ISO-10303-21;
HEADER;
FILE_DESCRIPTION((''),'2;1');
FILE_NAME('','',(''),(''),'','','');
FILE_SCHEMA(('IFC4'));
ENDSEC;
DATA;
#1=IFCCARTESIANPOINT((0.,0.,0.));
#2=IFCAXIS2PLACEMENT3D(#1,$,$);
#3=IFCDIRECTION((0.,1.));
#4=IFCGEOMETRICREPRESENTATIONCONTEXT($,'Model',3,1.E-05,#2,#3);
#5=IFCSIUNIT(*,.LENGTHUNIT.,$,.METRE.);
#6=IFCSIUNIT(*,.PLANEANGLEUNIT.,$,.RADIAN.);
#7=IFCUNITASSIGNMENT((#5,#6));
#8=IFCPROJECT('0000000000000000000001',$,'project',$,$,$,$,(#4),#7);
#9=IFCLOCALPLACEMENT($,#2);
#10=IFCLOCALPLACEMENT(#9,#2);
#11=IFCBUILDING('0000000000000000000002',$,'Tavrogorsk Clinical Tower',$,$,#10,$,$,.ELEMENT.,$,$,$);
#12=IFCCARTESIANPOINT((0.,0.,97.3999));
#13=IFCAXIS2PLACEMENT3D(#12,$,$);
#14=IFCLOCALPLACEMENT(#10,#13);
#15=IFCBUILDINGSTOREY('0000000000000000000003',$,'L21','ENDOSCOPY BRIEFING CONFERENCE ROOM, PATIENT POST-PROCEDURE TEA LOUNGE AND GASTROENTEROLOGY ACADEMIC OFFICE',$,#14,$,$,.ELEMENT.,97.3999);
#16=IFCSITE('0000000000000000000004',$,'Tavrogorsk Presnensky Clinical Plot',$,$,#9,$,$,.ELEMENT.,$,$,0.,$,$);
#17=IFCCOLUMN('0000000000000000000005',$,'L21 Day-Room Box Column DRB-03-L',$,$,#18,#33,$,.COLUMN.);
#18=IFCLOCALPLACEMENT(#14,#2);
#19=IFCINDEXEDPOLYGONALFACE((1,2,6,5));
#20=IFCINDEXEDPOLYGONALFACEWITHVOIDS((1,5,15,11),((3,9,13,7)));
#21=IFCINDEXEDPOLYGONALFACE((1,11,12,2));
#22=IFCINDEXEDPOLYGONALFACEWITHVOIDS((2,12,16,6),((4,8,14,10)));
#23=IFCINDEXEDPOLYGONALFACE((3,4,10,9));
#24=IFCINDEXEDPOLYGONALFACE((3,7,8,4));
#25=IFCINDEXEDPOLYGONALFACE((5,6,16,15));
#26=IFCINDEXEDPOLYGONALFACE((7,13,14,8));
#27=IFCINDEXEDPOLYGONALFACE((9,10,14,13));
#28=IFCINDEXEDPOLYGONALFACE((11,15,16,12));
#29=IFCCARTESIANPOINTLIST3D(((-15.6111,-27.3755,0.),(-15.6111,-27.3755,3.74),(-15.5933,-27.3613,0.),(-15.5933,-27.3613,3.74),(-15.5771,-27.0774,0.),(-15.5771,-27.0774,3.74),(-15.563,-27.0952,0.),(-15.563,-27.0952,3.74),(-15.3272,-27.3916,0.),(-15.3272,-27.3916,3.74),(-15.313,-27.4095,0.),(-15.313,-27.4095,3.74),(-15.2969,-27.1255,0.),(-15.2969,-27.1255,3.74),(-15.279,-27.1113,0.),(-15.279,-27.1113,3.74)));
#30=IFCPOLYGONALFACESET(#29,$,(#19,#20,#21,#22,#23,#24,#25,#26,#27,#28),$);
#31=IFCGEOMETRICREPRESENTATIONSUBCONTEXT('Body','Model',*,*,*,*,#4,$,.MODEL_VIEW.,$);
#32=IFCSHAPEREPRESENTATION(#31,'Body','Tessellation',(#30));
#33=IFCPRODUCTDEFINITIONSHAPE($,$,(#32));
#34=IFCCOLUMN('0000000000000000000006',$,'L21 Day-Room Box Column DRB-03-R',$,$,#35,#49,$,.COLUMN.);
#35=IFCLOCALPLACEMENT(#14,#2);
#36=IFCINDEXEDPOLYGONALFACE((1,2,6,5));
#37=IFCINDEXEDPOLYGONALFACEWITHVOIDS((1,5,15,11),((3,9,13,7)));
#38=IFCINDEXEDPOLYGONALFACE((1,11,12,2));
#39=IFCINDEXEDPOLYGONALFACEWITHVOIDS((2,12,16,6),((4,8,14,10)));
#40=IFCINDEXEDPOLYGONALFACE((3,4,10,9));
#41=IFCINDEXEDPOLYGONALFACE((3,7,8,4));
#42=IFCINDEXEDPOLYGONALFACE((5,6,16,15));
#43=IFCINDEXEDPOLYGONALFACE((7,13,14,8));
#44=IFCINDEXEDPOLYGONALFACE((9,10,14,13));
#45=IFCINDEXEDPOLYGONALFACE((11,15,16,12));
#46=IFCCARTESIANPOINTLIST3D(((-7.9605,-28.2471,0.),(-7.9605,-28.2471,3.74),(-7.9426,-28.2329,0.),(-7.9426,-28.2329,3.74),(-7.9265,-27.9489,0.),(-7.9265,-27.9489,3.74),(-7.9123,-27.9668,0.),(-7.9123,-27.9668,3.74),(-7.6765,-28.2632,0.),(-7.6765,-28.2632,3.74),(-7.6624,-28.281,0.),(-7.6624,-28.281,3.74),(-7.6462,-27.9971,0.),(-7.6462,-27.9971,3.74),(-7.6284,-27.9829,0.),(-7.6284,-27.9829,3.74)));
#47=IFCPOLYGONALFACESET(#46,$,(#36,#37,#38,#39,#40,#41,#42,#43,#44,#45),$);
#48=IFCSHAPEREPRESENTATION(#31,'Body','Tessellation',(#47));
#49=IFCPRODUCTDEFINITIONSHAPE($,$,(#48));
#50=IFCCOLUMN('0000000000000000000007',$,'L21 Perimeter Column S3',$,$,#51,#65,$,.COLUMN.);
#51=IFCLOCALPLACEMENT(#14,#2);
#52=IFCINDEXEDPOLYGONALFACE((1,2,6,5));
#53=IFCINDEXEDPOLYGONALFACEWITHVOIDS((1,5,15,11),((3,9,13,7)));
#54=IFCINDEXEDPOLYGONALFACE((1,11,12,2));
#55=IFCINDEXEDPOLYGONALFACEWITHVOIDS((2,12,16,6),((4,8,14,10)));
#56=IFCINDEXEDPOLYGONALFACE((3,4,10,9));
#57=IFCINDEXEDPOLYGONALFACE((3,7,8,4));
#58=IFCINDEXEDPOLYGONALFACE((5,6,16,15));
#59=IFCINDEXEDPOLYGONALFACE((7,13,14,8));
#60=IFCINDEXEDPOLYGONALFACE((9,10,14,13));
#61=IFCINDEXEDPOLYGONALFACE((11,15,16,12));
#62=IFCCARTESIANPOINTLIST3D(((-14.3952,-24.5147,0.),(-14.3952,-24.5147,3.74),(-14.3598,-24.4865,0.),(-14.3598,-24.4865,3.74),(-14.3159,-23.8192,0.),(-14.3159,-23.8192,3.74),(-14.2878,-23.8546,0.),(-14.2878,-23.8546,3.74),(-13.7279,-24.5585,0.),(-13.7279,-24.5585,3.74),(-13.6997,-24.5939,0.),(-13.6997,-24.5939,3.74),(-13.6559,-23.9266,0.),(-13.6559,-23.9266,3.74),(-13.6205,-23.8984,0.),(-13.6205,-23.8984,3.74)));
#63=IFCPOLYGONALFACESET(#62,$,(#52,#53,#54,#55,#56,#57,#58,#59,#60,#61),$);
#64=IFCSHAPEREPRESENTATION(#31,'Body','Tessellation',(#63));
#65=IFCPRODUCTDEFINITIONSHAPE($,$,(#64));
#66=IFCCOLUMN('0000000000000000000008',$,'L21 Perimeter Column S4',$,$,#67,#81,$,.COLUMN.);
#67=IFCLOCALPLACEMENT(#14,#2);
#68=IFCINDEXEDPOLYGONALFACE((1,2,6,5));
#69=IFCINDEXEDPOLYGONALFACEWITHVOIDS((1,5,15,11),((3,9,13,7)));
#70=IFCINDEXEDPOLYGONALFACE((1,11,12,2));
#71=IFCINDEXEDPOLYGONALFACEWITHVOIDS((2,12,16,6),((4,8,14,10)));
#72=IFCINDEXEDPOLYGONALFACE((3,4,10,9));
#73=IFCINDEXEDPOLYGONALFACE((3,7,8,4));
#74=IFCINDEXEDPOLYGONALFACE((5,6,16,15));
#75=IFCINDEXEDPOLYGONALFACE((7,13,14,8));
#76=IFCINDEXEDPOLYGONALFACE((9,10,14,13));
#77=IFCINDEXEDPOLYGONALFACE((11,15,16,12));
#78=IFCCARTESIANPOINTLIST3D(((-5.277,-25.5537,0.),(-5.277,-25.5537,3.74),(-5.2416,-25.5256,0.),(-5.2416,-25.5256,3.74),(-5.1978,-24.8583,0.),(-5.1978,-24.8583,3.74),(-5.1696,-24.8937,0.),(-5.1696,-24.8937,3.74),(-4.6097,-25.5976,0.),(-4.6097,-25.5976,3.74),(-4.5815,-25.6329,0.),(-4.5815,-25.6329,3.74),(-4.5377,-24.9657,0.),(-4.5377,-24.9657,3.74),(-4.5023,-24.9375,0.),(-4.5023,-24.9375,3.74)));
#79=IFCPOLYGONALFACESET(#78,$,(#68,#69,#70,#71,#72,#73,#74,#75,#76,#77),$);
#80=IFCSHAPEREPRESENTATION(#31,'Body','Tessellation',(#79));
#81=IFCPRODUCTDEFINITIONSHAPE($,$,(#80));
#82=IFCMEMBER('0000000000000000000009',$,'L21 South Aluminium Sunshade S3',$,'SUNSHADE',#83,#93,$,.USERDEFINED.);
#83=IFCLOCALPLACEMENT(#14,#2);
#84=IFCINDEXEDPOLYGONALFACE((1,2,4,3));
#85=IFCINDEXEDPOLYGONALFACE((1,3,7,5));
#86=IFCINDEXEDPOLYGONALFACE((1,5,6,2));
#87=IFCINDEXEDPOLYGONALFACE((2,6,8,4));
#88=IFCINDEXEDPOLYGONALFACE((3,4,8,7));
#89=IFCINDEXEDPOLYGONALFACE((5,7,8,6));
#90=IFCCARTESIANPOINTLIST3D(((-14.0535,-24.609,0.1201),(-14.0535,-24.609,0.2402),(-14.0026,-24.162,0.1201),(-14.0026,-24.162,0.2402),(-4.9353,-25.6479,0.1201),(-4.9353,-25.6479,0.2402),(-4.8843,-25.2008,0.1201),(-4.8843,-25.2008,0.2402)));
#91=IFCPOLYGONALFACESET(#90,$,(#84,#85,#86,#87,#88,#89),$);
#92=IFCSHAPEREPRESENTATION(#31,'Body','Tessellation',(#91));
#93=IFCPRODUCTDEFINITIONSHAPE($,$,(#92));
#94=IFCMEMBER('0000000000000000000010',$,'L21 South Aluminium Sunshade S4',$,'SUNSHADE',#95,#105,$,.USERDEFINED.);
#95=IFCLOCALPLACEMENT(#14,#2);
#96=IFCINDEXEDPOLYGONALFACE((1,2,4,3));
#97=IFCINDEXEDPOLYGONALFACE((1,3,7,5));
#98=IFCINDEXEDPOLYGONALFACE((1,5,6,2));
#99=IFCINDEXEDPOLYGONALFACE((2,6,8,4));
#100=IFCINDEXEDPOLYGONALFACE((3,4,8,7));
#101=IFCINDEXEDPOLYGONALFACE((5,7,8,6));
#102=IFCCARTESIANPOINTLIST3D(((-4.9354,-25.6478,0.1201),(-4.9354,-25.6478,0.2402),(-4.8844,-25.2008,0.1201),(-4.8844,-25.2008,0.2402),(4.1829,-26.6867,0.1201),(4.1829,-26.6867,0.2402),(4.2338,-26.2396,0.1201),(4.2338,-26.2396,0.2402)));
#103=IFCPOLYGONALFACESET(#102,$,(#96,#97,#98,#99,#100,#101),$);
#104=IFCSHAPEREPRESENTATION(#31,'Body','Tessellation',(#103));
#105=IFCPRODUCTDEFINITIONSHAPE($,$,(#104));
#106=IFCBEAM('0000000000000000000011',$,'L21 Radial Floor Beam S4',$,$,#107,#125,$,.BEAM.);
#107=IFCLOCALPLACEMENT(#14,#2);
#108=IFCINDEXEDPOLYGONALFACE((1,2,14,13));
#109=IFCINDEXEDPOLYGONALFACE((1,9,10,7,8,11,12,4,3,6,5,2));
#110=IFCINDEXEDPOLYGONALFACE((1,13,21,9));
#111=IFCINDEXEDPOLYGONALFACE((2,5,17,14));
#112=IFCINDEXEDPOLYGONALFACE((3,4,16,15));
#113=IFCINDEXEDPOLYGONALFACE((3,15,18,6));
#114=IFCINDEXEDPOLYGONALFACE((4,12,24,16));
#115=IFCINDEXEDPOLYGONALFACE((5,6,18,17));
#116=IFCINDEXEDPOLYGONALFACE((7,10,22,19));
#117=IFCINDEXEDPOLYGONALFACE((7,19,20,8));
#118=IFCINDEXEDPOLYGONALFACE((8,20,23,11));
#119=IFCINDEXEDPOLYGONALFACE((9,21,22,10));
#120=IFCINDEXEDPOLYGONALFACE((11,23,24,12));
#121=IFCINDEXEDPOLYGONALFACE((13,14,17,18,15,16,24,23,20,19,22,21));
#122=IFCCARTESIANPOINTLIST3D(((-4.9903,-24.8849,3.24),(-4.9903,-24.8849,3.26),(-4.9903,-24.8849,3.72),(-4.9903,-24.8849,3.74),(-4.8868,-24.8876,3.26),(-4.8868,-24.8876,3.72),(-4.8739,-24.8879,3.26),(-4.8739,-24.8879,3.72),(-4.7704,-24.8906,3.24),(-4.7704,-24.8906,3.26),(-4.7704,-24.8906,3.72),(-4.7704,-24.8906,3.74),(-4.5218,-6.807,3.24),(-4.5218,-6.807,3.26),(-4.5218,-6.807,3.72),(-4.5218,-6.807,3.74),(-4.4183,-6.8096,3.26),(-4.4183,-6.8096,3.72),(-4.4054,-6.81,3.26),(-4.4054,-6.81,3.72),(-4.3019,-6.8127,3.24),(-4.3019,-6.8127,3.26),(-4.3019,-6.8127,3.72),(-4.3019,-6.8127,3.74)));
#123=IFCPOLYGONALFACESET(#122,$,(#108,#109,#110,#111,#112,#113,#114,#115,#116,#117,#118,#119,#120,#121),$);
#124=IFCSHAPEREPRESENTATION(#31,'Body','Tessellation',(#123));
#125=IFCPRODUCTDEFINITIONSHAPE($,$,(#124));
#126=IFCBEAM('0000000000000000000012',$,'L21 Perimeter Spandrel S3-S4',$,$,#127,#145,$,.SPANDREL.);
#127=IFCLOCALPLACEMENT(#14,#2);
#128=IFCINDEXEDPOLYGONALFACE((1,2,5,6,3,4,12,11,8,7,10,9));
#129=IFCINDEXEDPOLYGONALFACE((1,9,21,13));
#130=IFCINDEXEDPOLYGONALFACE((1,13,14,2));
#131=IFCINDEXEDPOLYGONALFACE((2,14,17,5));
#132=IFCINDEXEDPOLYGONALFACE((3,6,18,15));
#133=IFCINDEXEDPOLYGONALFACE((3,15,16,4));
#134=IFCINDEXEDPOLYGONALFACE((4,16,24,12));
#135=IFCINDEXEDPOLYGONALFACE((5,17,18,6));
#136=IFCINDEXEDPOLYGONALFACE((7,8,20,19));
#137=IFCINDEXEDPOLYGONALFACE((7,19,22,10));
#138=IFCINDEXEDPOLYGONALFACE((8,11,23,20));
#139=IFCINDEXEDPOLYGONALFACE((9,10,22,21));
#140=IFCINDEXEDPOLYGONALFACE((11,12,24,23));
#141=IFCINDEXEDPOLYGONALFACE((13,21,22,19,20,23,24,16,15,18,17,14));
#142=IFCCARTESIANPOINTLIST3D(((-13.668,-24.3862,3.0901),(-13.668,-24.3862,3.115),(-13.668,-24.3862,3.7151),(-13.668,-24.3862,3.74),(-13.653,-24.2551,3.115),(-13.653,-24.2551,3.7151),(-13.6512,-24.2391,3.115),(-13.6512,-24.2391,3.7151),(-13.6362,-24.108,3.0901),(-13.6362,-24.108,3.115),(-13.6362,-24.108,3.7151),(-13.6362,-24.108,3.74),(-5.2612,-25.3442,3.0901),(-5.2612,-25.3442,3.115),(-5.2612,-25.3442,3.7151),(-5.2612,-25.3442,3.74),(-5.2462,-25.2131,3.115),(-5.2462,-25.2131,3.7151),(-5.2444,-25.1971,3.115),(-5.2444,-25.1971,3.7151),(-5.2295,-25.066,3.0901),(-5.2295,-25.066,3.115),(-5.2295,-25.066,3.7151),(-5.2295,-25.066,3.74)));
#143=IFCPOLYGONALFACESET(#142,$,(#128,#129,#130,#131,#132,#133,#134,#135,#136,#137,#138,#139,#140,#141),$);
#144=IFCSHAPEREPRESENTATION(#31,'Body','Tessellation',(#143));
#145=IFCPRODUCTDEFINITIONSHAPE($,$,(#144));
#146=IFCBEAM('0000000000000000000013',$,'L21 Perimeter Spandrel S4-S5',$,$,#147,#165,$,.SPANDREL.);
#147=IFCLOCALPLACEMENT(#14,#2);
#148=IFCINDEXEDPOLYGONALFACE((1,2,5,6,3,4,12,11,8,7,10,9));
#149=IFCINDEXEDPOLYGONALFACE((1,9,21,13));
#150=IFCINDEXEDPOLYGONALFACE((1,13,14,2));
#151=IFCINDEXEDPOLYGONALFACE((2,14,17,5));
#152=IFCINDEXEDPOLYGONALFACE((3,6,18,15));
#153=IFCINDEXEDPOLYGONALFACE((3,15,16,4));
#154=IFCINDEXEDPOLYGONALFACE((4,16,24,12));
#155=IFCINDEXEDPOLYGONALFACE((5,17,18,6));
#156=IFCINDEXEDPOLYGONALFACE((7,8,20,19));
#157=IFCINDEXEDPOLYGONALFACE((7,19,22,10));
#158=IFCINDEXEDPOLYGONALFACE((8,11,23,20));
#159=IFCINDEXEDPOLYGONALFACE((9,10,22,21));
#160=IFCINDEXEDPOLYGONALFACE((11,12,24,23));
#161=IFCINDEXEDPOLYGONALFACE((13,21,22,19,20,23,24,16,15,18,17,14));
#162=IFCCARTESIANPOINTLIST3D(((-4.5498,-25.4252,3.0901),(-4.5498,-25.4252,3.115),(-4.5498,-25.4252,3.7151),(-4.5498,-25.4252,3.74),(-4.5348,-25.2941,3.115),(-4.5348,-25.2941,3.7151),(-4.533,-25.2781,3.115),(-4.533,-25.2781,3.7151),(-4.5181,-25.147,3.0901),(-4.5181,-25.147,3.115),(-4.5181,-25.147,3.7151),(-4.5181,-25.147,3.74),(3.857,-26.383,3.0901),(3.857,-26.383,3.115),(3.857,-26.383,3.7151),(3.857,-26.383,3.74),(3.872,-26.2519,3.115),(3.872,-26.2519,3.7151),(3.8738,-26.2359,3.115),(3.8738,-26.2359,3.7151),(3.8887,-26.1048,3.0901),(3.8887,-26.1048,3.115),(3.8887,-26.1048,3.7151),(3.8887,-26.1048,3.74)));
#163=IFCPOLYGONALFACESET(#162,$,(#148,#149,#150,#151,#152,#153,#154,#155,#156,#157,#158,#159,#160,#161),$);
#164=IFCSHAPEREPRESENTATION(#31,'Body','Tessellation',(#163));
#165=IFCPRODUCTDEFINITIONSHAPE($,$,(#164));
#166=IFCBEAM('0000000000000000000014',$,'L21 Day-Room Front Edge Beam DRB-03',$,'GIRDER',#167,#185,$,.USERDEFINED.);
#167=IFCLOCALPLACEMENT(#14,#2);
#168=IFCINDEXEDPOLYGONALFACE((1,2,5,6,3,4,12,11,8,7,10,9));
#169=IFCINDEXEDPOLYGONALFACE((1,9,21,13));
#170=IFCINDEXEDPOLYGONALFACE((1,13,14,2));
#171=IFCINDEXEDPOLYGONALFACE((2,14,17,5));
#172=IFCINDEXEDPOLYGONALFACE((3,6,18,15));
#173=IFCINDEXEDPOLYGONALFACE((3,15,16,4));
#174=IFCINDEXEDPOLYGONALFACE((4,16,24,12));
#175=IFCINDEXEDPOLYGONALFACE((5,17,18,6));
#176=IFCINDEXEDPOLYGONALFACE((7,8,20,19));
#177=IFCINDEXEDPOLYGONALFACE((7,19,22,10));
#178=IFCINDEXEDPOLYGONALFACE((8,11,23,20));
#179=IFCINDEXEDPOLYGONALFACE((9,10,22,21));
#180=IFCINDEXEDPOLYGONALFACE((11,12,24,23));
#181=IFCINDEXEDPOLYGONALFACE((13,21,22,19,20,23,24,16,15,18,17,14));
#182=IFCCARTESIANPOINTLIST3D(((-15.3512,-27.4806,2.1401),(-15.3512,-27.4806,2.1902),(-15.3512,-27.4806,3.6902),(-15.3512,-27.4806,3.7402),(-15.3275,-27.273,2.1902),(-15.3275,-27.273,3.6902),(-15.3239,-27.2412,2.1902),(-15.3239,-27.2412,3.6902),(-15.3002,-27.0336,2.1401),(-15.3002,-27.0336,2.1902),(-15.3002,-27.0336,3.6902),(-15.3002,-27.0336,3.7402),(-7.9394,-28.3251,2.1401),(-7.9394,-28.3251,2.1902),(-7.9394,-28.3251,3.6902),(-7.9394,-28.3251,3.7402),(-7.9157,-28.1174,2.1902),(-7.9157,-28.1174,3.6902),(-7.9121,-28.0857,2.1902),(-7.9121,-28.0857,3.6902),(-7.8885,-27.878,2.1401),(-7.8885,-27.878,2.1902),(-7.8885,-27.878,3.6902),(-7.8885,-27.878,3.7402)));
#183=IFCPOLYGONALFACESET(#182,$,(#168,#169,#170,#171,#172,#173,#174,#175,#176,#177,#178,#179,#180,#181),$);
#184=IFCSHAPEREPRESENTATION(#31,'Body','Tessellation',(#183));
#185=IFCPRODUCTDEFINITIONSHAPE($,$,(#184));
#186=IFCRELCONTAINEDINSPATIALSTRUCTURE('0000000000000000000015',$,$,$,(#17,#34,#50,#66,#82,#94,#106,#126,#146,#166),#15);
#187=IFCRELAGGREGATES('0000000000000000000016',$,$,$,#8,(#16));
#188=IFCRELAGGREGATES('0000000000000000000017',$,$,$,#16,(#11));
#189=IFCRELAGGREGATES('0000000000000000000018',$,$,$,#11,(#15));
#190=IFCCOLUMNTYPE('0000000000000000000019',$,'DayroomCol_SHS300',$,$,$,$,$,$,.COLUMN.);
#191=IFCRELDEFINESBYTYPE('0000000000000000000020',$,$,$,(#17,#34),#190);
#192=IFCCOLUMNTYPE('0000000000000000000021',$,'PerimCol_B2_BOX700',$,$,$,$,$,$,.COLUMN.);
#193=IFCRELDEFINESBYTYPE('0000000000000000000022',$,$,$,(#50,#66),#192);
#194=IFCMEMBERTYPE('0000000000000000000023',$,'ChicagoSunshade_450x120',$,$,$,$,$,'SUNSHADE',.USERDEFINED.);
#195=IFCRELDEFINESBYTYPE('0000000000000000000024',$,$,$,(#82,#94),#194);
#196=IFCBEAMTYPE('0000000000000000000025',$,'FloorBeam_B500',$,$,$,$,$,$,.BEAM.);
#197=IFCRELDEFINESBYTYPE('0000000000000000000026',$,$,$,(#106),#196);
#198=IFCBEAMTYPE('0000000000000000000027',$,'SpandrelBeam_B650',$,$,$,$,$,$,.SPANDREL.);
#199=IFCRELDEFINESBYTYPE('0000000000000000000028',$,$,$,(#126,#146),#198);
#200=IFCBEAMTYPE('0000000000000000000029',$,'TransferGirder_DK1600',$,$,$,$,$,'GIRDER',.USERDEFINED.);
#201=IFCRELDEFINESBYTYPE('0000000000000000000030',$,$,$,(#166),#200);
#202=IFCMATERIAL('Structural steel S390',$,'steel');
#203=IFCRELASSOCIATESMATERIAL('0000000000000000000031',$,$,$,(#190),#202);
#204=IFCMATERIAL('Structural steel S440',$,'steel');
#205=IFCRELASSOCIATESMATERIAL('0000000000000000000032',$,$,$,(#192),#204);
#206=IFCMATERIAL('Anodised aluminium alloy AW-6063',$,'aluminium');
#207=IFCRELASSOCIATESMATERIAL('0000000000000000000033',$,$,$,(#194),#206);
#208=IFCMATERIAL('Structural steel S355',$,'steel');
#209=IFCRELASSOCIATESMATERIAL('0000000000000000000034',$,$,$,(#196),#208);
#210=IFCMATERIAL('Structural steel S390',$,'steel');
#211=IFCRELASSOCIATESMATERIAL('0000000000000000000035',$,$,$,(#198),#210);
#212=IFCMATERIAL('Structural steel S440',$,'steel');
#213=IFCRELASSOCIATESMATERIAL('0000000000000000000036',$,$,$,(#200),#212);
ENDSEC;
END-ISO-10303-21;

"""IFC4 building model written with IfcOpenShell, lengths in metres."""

from ifc_helpers import new_model, si_unit, direction, frame, origin, origin_2d, place, context, subcontext, project, spatial, rectangle, hollow_rectangle, i_section, extrude, material, material_profile, profile_set, type_object, element, save


model = new_model("IFC4")

# Units and contexts
model_context = context("Model", 3, precision=1e-05, world=origin(), true_north=direction((0.0, 1.0)))
body_context = subcontext(model_context, "Body", "Model", "MODEL_VIEW")
ifc_project = project(units=[si_unit("LENGTHUNIT", "METRE"), si_unit("PLANEANGLEUNIT", "RADIAN")], contexts=[model_context])

# Site, building, storey
site_placement = place(None, origin())
site = spatial("IfcSite", under=ifc_project, at=site_placement, Name="Tavrogorsk Presnensky Clinical Plot", CompositionType="ELEMENT", RefElevation=0.0)
building_placement = place(site_placement, origin())
building = spatial("IfcBuilding", under=site, at=building_placement, Name="Tavrogorsk Clinical Tower", CompositionType="ELEMENT")
storey_placement = place(building_placement, frame((0.0, 0.0, 97.3999)))
storey = spatial("IfcBuildingStorey", under=building, at=storey_placement, Name="L21", Description="ENDOSCOPY BRIEFING CONFERENCE ROOM, PATIENT POST-PROCEDURE TEA LOUNGE AND GASTROENTEROLOGY ACADEMIC OFFICE", CompositionType="ELEMENT", Elevation=97.3999)

# Columns
ifc_material_1 = material(Name="Structural steel S390", Category="steel")
ifc_material_profile_1 = material_profile(ifc_material_1, hollow_rectangle(XDim=0.3, YDim=0.3, WallThickness=0.0161, at=origin_2d()), Name="SHS-300x300x16")
ifc_profile_set_1 = profile_set([ifc_material_profile_1], Name="Structural steel S390")
column_type_1 = type_object("IfcColumnType", Name="DayroomCol_SHS300", PredefinedType="COLUMN", material=ifc_profile_set_1)
for number, where, z_axis, x_axis, name in (
    (1, (-15.4451, -27.2434, 0.0), (0.0, 0.0, 1.0), (0.993572, -0.113203, 0.0), "L21 Day-Room Box Column DRB-03-L"),
    (2, (-7.7944, -28.115, 0.0), (0.0, 0.0, 1.0), (0.993572, -0.113203, 0.0), "L21 Day-Room Box Column DRB-03-R"),
):
    element("IfcColumn", number, at=place(storey_placement, frame(where, z_axis=z_axis, x_axis=x_axis)), inside=storey, type_object=column_type_1, Name=name, PredefinedType="COLUMN", context=body_context, shape_type="SweptSolid", body=[
        extrude(hollow_rectangle(XDim=0.3, YDim=0.3, WallThickness=0.0161, at=origin_2d()), origin(), (0.0, 0.0, 1.0), 3.74),
    ])
ifc_material_2 = material(Name="Structural steel S440", Category="steel")
ifc_material_profile_2 = material_profile(ifc_material_2, hollow_rectangle(XDim=0.7, YDim=0.7, WallThickness=0.032, at=origin_2d()), Name="BOX-700x700x32")
ifc_profile_set_2 = profile_set([ifc_material_profile_2], Name="Structural steel S440")
column_type_2 = type_object("IfcColumnType", Name="PerimCol_B2_BOX700", PredefinedType="COLUMN", material=ifc_profile_set_2)
for number, where, z_axis, x_axis, name in (
    (3, (-14.0078, -24.2065, 0.0), (0.0, 0.0, 1.0), (0.993572, -0.113203, 0.0), "L21 Perimeter Column S3"),
    (4, (-4.8896, -25.2456, 0.0), (0.0, 0.0, 1.0), (0.993572, -0.113203, 0.0), "L21 Perimeter Column S4"),
):
    element("IfcColumn", number, at=place(storey_placement, frame(where, z_axis=z_axis, x_axis=x_axis)), inside=storey, type_object=column_type_2, Name=name, PredefinedType="COLUMN", context=body_context, shape_type="SweptSolid", body=[
        extrude(hollow_rectangle(XDim=0.7, YDim=0.7, WallThickness=0.032, at=origin_2d()), origin(), (0.0, 0.0, 1.0), 3.74),
    ])

# Members
ifc_material_3 = material(Name="Anodised aluminium alloy AW-6063", Category="aluminium")
ifc_material_profile_3 = material_profile(ifc_material_3, rectangle(XDim=0.45, YDim=0.1201, at=origin_2d()), Name="ALU-SUNSHADE-450x120")
ifc_profile_set_3 = profile_set([ifc_material_profile_3], Name="Anodised aluminium alloy AW-6063")
member_type = type_object("IfcMemberType", Name="ChicagoSunshade_450x120", ElementType="SUNSHADE", PredefinedType="USERDEFINED", material=ifc_profile_set_3)
for number, where, z_axis, x_axis, name in (
    (5, (-14.0281, -24.3855, 0.1802), (0.993573, -0.113196, 0.0), (0.113196, 0.993573, 0.0), "L21 South Aluminium Sunshade S3"),
    (6, (-4.9099, -25.4243, 0.1802), (0.993573, -0.113196, 0.0), (0.113196, 0.993573, 0.0), "L21 South Aluminium Sunshade S4"),
):
    element("IfcMember", number, at=place(storey_placement, frame(where, z_axis=z_axis, x_axis=x_axis)), inside=storey, type_object=member_type, Name=name, ObjectType="SUNSHADE", PredefinedType="USERDEFINED", context=body_context, shape_type="SweptSolid", body=[
        extrude(rectangle(XDim=0.45, YDim=0.1201, at=origin_2d()), origin(), (0.0, 0.0, 1.0), 9.1772),
    ])

# Beams
ifc_material_4 = material(Name="Structural steel S355", Category="steel")
ifc_material_profile_4 = material_profile(ifc_material_4, i_section(OverallWidth=0.22, OverallDepth=0.5, WebThickness=0.0129, FlangeThickness=0.02, at=origin_2d()), Name="B-500x220x13x20")
ifc_profile_set_4 = profile_set([ifc_material_profile_4], Name="Structural steel S355")
beam_type_1 = type_object("IfcBeamType", Name="FloorBeam_B500", PredefinedType="BEAM", material=ifc_profile_set_4)
beam_1_placement = place(storey_placement, frame((-4.4119, -6.8098, 3.49), z_axis=(-0.025907, -0.999664, 0.0), x_axis=(0.999664, -0.025907, 0.0)))
element("IfcBeam", 7, at=beam_1_placement, inside=storey, type_object=beam_type_1, Name="L21 Radial Floor Beam S4", PredefinedType="BEAM", context=body_context, shape_type="SweptSolid", body=[
    extrude(i_section(OverallWidth=0.22, OverallDepth=0.5, WebThickness=0.0129, FlangeThickness=0.02, at=origin_2d()), origin(), (0.0, 0.0, 1.0), 18.084),
])
ifc_material_5 = material(Name="Structural steel S390", Category="steel")
ifc_material_profile_5 = material_profile(ifc_material_5, i_section(OverallWidth=0.28, OverallDepth=0.6499, WebThickness=0.0161, FlangeThickness=0.0249, at=origin_2d()), Name="B-650x280x16x25")
ifc_profile_set_5 = profile_set([ifc_material_profile_5], Name="Structural steel S390")
beam_type_2 = type_object("IfcBeamType", Name="SpandrelBeam_B650", PredefinedType="SPANDREL", material=ifc_profile_set_5)
for number, where, z_axis, x_axis, name in (
    (8, (-13.6521, -24.2471, 3.415), (0.993569, -0.113224, 0.0), (0.113224, 0.993569, 0.0), "L21 Perimeter Spandrel S3-S4"),
    (9, (-4.5339, -25.2861, 3.415), (0.993573, -0.113196, 0.0), (0.113196, 0.993573, 0.0), "L21 Perimeter Spandrel S4-S5"),
):
    element("IfcBeam", number, at=place(storey_placement, frame(where, z_axis=z_axis, x_axis=x_axis)), inside=storey, type_object=beam_type_2, Name=name, PredefinedType="SPANDREL", context=body_context, shape_type="SweptSolid", body=[
        extrude(i_section(OverallWidth=0.28, OverallDepth=0.6499, WebThickness=0.0161, FlangeThickness=0.0249, at=origin_2d()), origin(), (0.0, 0.0, 1.0), 8.4612),
    ])
ifc_material_6 = material(Name="Structural steel S440", Category="steel")
ifc_material_profile_6 = material_profile(ifc_material_6, i_section(OverallWidth=0.45, OverallDepth=1.6001, WebThickness=0.032, FlangeThickness=0.05, at=origin_2d()), Name="DK-1600x450x32x50")
ifc_profile_set_6 = profile_set([ifc_material_profile_6], Name="Structural steel S440")
beam_type_3 = type_object("IfcBeamType", Name="TransferGirder_DK1600", ElementType="GIRDER", PredefinedType="USERDEFINED", material=ifc_profile_set_6)
beam_2_placement = place(storey_placement, frame((-15.3257, -27.2571, 2.9402), z_axis=(0.993572, -0.113204, 0.0), x_axis=(0.113204, 0.993572, 0.0)))
element("IfcBeam", 10, at=beam_2_placement, inside=storey, type_object=beam_type_3, Name="L21 Day-Room Front Edge Beam DRB-03", ObjectType="GIRDER", PredefinedType="USERDEFINED", context=body_context, shape_type="SweptSolid", body=[
    extrude(i_section(OverallWidth=0.45, OverallDepth=1.6001, WebThickness=0.032, FlangeThickness=0.05, at=origin_2d()), origin(), (0.0, 0.0, 1.0), 7.4597),
])

save(model, "model.ifc")
